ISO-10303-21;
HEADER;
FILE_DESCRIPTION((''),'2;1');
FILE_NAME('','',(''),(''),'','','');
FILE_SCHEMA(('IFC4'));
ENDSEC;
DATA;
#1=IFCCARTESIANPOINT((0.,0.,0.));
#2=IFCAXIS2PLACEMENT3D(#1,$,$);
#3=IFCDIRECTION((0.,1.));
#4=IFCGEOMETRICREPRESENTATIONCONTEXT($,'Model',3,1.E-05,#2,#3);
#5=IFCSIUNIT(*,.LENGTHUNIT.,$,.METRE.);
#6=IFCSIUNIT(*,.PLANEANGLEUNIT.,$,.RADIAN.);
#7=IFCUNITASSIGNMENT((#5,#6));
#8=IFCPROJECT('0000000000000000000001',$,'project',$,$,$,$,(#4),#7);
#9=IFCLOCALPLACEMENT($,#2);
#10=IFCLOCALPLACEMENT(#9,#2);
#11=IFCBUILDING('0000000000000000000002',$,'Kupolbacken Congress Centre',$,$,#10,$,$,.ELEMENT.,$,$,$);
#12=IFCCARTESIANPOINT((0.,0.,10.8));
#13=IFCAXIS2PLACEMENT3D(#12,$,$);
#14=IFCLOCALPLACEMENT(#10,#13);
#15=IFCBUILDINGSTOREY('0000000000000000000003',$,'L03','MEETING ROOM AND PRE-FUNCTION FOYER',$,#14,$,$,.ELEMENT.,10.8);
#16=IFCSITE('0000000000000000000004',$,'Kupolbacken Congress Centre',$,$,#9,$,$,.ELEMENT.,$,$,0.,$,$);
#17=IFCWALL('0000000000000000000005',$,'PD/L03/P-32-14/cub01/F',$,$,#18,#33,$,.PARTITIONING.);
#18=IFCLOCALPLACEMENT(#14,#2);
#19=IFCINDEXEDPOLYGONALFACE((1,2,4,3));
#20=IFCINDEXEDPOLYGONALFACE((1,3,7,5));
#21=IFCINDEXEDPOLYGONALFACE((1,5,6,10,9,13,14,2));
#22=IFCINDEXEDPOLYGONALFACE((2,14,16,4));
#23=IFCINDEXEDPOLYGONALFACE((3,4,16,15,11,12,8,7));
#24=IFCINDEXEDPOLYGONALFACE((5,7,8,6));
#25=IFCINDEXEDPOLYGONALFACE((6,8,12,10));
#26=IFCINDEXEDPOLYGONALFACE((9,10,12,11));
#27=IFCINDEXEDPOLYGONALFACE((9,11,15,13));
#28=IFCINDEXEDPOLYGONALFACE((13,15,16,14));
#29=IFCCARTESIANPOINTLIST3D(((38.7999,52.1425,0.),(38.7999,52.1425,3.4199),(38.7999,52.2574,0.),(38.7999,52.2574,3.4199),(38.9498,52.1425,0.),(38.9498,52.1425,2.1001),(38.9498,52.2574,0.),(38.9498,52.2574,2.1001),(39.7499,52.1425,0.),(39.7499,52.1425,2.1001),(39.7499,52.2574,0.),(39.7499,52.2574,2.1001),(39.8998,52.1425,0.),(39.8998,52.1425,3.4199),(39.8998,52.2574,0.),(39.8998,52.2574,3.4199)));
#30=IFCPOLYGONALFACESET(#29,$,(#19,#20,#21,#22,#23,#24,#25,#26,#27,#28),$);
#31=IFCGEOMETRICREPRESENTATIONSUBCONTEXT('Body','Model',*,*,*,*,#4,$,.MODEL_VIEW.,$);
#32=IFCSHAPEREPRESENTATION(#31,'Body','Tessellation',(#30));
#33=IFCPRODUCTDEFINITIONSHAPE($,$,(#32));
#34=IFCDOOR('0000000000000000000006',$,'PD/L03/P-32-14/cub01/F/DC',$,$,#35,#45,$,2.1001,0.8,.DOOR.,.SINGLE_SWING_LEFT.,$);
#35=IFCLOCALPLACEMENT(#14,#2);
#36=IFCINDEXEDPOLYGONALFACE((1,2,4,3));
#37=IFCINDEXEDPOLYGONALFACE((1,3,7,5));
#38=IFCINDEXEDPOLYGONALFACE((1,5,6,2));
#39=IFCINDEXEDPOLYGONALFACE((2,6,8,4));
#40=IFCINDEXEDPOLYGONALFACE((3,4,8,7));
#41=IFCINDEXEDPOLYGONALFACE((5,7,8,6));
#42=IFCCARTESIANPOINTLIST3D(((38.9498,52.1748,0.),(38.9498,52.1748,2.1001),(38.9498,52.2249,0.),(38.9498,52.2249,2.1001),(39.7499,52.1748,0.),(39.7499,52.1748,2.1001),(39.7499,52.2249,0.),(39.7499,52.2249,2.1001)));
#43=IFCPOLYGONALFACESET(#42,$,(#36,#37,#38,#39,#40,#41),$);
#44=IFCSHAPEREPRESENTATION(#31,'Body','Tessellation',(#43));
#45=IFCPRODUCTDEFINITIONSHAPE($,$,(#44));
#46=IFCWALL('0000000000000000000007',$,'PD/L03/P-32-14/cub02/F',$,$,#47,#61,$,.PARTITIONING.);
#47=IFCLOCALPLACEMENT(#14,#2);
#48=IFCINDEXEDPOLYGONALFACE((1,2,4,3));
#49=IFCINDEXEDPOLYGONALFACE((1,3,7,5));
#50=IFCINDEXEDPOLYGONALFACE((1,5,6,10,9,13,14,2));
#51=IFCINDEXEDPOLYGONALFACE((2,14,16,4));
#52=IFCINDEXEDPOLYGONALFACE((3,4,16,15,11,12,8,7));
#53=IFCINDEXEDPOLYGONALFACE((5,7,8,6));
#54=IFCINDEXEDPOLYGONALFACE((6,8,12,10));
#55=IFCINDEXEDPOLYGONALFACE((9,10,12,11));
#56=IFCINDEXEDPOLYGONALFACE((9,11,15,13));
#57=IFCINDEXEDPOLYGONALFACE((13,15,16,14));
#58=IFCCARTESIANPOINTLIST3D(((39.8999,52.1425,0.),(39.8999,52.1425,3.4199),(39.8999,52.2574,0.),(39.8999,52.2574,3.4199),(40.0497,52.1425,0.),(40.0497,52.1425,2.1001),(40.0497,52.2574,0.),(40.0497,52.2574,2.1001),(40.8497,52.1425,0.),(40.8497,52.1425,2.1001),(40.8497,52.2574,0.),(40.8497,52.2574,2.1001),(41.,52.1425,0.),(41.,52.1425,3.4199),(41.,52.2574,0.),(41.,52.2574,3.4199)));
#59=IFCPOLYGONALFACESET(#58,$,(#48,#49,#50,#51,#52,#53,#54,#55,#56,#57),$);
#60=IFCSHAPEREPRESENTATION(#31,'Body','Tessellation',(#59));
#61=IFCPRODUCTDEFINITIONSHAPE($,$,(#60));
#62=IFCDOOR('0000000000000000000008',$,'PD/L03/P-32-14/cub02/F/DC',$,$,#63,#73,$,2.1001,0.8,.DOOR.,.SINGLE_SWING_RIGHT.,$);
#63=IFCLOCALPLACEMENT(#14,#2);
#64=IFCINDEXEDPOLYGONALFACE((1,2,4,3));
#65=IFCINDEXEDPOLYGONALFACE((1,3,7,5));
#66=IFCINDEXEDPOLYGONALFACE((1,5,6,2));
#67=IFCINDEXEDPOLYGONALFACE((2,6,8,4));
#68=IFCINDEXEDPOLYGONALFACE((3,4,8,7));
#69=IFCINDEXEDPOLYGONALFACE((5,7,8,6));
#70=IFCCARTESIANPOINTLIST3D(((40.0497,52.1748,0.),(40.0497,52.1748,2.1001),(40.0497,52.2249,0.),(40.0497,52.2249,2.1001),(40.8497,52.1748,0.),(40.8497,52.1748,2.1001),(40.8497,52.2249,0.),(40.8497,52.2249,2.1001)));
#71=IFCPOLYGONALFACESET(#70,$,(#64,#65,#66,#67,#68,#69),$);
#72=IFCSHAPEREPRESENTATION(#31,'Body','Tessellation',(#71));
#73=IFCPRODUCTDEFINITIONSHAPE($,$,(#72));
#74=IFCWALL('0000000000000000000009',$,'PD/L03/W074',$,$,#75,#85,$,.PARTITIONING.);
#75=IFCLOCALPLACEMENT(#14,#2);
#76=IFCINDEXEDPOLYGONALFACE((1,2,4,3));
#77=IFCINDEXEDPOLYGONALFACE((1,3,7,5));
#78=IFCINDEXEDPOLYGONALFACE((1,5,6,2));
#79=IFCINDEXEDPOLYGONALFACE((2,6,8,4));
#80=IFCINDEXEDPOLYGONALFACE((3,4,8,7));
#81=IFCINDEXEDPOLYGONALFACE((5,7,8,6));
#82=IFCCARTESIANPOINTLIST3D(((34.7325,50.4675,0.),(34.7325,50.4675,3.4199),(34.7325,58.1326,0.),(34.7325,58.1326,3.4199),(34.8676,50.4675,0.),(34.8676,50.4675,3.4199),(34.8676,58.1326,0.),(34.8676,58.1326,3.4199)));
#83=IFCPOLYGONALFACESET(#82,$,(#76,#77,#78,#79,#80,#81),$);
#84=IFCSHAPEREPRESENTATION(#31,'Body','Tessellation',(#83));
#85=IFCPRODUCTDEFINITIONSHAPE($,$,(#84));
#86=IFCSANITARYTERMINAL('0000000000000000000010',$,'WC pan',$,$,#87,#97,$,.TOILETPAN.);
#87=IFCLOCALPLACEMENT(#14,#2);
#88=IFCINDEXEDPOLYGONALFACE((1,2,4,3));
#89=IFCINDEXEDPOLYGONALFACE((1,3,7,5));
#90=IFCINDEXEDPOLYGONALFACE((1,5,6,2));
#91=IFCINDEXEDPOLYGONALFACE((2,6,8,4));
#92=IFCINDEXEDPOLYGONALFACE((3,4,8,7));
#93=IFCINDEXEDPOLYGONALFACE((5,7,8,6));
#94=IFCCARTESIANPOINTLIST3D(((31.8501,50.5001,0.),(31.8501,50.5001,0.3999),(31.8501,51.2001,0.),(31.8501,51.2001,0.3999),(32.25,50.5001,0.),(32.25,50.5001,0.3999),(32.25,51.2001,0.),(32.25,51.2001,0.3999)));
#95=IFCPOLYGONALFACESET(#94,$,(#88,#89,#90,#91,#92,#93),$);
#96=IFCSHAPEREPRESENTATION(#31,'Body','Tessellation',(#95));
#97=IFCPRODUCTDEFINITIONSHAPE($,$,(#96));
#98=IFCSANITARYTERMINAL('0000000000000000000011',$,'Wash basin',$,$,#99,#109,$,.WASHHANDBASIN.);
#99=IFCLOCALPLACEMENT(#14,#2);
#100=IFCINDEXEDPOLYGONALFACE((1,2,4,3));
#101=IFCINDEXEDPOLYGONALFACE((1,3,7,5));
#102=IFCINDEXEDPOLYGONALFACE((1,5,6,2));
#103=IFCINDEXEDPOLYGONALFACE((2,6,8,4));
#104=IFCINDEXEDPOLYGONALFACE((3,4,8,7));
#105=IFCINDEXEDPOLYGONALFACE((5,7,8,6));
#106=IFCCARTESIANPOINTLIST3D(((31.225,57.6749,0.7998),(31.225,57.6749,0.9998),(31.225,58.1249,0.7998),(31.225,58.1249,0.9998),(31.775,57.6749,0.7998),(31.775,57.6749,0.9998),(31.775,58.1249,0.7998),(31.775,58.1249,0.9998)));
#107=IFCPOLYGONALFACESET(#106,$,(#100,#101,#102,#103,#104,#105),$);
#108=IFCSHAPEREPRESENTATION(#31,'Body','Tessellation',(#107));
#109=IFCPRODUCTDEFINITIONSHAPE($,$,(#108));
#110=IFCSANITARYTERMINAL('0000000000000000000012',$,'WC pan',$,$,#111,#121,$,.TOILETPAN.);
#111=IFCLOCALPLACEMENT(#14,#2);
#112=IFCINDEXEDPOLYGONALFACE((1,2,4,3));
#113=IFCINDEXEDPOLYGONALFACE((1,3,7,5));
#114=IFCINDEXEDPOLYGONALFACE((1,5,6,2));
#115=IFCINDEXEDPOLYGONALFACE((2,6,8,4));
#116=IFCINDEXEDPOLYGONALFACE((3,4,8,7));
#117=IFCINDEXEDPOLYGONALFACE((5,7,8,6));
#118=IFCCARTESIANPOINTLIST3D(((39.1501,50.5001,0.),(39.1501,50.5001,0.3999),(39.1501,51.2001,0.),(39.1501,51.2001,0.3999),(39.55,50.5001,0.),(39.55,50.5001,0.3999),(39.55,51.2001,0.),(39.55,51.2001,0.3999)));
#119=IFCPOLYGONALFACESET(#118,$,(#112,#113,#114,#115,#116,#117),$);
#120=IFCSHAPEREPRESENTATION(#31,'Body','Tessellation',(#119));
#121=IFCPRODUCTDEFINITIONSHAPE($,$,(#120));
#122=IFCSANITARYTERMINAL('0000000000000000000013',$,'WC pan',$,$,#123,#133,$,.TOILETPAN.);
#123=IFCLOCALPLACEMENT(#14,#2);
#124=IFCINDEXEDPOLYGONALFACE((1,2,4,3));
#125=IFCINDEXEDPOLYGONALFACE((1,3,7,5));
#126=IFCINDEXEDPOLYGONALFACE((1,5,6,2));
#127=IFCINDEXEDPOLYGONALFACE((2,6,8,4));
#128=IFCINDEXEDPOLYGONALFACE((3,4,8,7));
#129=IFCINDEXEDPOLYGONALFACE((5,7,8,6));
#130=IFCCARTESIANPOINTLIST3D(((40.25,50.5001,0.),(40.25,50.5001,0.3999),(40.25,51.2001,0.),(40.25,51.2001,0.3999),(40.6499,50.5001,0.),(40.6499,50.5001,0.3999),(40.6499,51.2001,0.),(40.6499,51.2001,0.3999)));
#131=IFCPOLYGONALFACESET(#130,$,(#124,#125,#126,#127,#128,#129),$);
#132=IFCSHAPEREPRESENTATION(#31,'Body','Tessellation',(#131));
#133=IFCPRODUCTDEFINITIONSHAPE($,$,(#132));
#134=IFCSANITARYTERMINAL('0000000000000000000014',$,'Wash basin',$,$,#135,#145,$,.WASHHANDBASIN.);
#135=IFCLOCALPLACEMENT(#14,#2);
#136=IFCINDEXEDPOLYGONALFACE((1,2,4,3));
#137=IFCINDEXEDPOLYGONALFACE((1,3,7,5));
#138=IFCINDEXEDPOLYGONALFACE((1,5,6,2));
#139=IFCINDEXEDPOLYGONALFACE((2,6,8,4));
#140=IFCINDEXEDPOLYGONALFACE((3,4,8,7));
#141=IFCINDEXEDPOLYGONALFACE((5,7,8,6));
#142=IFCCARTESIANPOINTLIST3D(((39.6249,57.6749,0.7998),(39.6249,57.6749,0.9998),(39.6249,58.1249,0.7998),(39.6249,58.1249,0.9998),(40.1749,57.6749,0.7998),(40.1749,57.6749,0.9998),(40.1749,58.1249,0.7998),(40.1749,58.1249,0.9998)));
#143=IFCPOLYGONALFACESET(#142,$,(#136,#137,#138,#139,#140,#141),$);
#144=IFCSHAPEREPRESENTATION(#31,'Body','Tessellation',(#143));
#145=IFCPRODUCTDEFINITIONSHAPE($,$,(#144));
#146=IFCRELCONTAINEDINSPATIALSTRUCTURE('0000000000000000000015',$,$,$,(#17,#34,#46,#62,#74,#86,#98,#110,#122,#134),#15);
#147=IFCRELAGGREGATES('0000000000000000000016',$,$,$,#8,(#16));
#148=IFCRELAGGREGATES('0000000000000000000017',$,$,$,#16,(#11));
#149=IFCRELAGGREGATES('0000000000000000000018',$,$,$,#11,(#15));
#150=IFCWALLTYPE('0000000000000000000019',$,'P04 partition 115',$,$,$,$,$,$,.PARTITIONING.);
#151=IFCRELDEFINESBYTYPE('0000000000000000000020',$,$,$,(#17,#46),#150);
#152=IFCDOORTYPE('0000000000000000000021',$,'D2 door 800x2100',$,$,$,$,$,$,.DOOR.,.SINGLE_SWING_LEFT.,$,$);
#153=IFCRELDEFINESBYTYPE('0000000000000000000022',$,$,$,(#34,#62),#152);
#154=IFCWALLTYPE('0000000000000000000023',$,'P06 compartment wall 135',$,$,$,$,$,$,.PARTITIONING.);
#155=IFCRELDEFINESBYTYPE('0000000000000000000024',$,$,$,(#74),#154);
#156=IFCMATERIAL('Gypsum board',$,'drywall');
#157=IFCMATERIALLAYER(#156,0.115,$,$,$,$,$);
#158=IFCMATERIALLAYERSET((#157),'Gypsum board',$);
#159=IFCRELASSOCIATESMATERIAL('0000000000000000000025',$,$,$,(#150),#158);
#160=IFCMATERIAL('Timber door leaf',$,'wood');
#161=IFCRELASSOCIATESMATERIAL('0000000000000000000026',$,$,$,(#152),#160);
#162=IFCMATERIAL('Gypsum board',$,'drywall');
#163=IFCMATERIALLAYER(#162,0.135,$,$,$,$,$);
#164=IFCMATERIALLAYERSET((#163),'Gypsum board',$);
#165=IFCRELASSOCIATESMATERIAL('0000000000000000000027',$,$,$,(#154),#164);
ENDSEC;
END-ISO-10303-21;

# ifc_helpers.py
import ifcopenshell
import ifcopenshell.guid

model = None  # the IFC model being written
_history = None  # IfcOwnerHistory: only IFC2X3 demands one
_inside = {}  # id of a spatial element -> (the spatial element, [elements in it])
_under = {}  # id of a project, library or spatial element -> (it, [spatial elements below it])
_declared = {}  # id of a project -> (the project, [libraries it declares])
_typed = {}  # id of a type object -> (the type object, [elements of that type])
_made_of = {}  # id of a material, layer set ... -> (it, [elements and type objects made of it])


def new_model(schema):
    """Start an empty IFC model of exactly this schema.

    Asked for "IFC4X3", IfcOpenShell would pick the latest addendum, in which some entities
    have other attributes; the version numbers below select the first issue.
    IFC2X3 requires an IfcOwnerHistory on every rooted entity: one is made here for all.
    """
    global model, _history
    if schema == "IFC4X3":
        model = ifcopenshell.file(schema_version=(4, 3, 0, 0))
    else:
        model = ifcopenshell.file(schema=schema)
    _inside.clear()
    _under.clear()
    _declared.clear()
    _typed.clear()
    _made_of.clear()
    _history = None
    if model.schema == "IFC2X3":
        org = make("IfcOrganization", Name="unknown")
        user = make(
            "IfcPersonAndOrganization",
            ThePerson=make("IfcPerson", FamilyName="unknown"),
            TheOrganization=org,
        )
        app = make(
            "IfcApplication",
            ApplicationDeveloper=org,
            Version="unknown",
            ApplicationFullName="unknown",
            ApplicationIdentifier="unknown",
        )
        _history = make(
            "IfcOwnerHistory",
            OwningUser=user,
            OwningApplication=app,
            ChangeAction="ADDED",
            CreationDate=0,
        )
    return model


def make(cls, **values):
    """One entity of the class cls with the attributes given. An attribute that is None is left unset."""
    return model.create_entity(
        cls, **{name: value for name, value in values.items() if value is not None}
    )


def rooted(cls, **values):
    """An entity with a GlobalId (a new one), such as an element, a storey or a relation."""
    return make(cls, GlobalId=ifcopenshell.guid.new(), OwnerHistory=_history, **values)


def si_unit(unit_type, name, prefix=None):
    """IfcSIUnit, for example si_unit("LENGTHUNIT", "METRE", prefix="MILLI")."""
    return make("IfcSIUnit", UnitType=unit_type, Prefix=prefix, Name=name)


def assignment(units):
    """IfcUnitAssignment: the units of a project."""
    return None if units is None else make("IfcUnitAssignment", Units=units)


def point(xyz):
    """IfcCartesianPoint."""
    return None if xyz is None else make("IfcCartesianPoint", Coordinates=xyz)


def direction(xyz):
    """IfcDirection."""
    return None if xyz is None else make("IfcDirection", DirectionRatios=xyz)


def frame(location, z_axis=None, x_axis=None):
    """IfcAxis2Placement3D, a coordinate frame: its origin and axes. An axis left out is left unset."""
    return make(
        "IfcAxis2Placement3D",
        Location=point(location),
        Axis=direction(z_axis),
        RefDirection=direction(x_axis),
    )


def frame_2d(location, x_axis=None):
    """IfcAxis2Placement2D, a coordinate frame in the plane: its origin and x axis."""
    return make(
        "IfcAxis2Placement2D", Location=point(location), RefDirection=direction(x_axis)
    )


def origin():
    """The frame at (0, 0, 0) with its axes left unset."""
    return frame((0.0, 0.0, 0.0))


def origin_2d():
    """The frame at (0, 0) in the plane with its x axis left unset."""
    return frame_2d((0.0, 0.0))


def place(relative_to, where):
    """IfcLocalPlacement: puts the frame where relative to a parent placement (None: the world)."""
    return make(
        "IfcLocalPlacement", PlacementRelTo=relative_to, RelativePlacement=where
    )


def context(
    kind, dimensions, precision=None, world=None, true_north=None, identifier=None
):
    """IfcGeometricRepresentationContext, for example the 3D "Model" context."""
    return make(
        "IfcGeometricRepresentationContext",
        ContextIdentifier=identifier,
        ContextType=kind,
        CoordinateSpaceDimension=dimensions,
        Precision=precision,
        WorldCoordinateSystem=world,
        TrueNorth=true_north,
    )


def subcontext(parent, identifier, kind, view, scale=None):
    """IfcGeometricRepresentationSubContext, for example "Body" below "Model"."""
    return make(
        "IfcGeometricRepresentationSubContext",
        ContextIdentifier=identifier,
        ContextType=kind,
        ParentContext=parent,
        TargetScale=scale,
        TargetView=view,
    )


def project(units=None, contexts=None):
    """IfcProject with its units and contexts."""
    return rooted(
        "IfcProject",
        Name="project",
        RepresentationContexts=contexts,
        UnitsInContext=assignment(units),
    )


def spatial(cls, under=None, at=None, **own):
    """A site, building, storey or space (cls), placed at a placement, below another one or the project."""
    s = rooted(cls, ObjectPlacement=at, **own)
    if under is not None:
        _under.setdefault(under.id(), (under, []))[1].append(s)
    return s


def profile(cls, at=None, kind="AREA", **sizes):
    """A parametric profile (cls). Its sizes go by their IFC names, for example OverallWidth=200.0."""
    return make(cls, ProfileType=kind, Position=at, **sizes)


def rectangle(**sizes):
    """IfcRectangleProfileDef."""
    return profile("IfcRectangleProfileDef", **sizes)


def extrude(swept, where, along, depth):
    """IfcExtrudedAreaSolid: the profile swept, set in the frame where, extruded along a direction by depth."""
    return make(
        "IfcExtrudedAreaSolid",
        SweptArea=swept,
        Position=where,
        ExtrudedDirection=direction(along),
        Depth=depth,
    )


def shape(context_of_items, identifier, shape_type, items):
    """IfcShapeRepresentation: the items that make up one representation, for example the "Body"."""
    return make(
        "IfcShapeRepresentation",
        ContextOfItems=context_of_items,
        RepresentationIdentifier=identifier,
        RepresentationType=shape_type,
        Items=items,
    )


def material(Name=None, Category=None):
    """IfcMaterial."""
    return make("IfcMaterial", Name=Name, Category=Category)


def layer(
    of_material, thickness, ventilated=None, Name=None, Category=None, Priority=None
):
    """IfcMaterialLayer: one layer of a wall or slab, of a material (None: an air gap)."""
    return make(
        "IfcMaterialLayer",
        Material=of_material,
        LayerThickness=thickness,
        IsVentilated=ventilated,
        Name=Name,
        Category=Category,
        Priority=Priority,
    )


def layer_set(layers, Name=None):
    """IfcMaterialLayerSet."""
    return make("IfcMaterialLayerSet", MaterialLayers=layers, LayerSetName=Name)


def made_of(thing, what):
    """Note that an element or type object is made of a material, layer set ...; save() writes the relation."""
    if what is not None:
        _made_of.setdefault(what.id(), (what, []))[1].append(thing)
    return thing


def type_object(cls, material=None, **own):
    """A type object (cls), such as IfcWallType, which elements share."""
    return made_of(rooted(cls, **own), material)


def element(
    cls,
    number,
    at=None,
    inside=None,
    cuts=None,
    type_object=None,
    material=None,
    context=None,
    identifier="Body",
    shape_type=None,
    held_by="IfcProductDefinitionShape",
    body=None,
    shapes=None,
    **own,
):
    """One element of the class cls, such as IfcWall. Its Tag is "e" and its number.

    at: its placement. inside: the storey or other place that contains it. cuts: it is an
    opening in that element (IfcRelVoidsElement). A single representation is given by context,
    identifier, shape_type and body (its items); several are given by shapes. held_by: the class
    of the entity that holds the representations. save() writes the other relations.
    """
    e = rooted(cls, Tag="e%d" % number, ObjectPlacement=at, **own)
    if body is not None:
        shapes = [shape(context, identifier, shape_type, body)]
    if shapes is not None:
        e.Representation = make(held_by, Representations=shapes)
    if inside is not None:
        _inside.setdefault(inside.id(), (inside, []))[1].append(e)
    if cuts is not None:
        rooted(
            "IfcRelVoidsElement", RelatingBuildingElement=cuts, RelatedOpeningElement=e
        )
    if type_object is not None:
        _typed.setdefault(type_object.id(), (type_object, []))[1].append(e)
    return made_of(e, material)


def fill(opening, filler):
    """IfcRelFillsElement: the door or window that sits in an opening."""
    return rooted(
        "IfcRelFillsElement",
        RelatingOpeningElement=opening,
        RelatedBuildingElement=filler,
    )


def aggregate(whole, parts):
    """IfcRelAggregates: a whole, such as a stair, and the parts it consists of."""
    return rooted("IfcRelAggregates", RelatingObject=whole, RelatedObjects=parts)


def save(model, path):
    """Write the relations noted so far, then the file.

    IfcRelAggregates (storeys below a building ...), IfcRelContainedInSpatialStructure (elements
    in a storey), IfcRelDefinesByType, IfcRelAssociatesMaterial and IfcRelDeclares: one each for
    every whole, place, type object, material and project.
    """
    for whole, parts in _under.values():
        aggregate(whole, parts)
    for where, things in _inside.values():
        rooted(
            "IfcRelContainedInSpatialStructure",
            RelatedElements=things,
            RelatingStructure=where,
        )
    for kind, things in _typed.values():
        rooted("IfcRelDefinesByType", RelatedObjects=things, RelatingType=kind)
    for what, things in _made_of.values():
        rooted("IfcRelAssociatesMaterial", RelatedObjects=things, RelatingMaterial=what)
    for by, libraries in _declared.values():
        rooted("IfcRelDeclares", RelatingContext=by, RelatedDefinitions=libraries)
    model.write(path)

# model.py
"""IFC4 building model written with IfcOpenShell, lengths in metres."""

from ifc_helpers import new_model, si_unit, direction, frame, frame_2d, origin, origin_2d, place, context, subcontext, project, spatial, rectangle, extrude, material, layer, layer_set, type_object, element, fill, save


model = new_model("IFC4")

# Units and contexts
model_context = context("Model", 3, precision=1e-05, world=origin(), true_north=direction((0.0, 1.0)))
body_context = subcontext(model_context, "Body", "Model", "MODEL_VIEW")
ifc_project = project(units=[si_unit("LENGTHUNIT", "METRE"), si_unit("PLANEANGLEUNIT", "RADIAN")], contexts=[model_context])

# Site, building, storey
site_placement = place(None, origin())
site = spatial("IfcSite", under=ifc_project, at=site_placement, Name="Kupolbacken Congress Centre", CompositionType="ELEMENT", RefElevation=0.0)
building_placement = place(site_placement, origin())
building = spatial("IfcBuilding", under=site, at=building_placement, Name="Kupolbacken Congress Centre", CompositionType="ELEMENT")
storey_placement = place(building_placement, frame((0.0, 0.0, 10.8)))
storey = spatial("IfcBuildingStorey", under=building, at=storey_placement, Name="L03", Description="MEETING ROOM AND PRE-FUNCTION FOYER", CompositionType="ELEMENT", Elevation=10.8)

# Walls, openings, doors
ifc_material_1 = material(Name="Gypsum board", Category="drywall")
ifc_layer_1 = layer(ifc_material_1, 0.115)
ifc_layer_set_1 = layer_set([ifc_layer_1], Name="Gypsum board")
wall_type_1 = type_object("IfcWallType", Name="P04 partition 115", PredefinedType="PARTITIONING", material=ifc_layer_set_1)
ifc_material_2 = material(Name="Timber door leaf", Category="wood")
door_type = type_object("IfcDoorType", Name="D2 door 800x2100", OperationType="SINGLE_SWING_LEFT", PredefinedType="DOOR", material=ifc_material_2)
wall_1_placement = place(storey_placement, frame((38.8, 52.2, 0.0), z_axis=(0.0, 0.0, 1.0), x_axis=(1.0, 0.0, 0.0)))
wall_1 = element("IfcWall", 1, at=wall_1_placement, inside=storey, type_object=wall_type_1, Name="PD/L03/P-32-14/cub01/F", PredefinedType="PARTITIONING", context=body_context, shape_type="SweptSolid", body=[
    extrude(rectangle(XDim=1.0999, YDim=0.115, at=frame_2d((0.5498, 0.0))), origin(), (0.0, 0.0, 1.0), 3.4199),
])
opening_1_placement = place(wall_1_placement, frame((0.1499, 0.0, 0.0)))
opening_1 = element("IfcOpeningElement", 2, at=opening_1_placement, cuts=wall_1, PredefinedType="OPENING", context=body_context, shape_type="SweptSolid", body=[
    extrude(rectangle(XDim=0.8, YDim=2.1001, at=frame_2d((0.3999, 1.05))), frame((0.0, 0.0674, 0.0), z_axis=(0.0, -1.0, 0.0), x_axis=(1.0, 0.0, 0.0)), (0.0, 0.0, 1.0), 0.135),
])
door_1_placement = place(opening_1_placement, origin())
door_1 = element("IfcDoor", 3, at=door_1_placement, inside=storey, type_object=door_type, Name="PD/L03/P-32-14/cub01/F/DC", OperationType="SINGLE_SWING_LEFT", OverallHeight=2.1001, OverallWidth=0.8, PredefinedType="DOOR", context=body_context, shape_type="SweptSolid", body=[
    extrude(rectangle(XDim=0.8, YDim=2.1001, at=frame_2d((0.3999, 1.05))), frame((0.0, 0.0249, 0.0), z_axis=(0.0, -1.0, 0.0), x_axis=(1.0, 0.0, 0.0)), (0.0, 0.0, 1.0), 0.05),
])
fill(opening_1, door_1)
wall_2_placement = place(storey_placement, frame((39.8999, 52.2, 0.0), z_axis=(0.0, 0.0, 1.0), x_axis=(1.0, 0.0, 0.0)))
wall_2 = element("IfcWall", 4, at=wall_2_placement, inside=storey, type_object=wall_type_1, Name="PD/L03/P-32-14/cub02/F", PredefinedType="PARTITIONING", context=body_context, shape_type="SweptSolid", body=[
    extrude(rectangle(XDim=1.1001, YDim=0.115, at=frame_2d((0.55, 0.0))), origin(), (0.0, 0.0, 1.0), 3.4199),
])
opening_2_placement = place(wall_2_placement, frame((0.1499, 0.0, 0.0)))
opening_2 = element("IfcOpeningElement", 5, at=opening_2_placement, cuts=wall_2, PredefinedType="OPENING", context=body_context, shape_type="SweptSolid", body=[
    extrude(rectangle(XDim=0.8, YDim=2.1001, at=frame_2d((0.3999, 1.05))), frame((0.0, 0.0674, 0.0), z_axis=(0.0, -1.0, 0.0), x_axis=(1.0, 0.0, 0.0)), (0.0, 0.0, 1.0), 0.135),
])
door_2_placement = place(opening_2_placement, origin())
door_2 = element("IfcDoor", 6, at=door_2_placement, inside=storey, type_object=door_type, Name="PD/L03/P-32-14/cub02/F/DC", OperationType="SINGLE_SWING_RIGHT", OverallHeight=2.1001, OverallWidth=0.8, PredefinedType="DOOR", context=body_context, shape_type="SweptSolid", body=[
    extrude(rectangle(XDim=0.8, YDim=2.1001, at=frame_2d((0.3999, 1.05))), frame((0.0, 0.0249, 0.0), z_axis=(0.0, -1.0, 0.0), x_axis=(1.0, 0.0, 0.0)), (0.0, 0.0, 1.0), 0.05),
])
fill(opening_2, door_2)

# Wall
ifc_material_3 = material(Name="Gypsum board", Category="drywall")
ifc_layer_2 = layer(ifc_material_3, 0.135)
ifc_layer_set_2 = layer_set([ifc_layer_2], Name="Gypsum board")
wall_type_2 = type_object("IfcWallType", Name="P06 compartment wall 135", PredefinedType="PARTITIONING", material=ifc_layer_set_2)
wall_3_placement = place(storey_placement, frame((34.8, 58.1326, 0.0), z_axis=(0.0, 0.0, 1.0), x_axis=(0.0, -1.0, 0.0)))
element("IfcWall", 7, at=wall_3_placement, inside=storey, type_object=wall_type_2, Name="PD/L03/W074", PredefinedType="PARTITIONING", context=body_context, shape_type="SweptSolid", body=[
    extrude(rectangle(XDim=7.665, YDim=0.135, at=frame_2d((3.8325, 0.0))), origin(), (0.0, 0.0, 1.0), 3.4199),
])

# Sanitary terminals
sanitary_terminal_1_placement = place(storey_placement, frame((32.05, 50.8501, 0.0), z_axis=(0.0, 0.0, 1.0), x_axis=(1.0, 0.0, 0.0)))
element("IfcSanitaryTerminal", 8, at=sanitary_terminal_1_placement, inside=storey, Name="WC pan", PredefinedType="TOILETPAN", context=body_context, shape_type="SweptSolid", body=[
    extrude(rectangle(XDim=0.3999, YDim=0.7, at=origin_2d()), origin(), (0.0, 0.0, 1.0), 0.3999),
])
sanitary_terminal_2_placement = place(storey_placement, frame((31.5, 57.8999, 0.7998), z_axis=(0.0, 0.0, 1.0), x_axis=(1.0, 0.0, 0.0)))
element("IfcSanitaryTerminal", 9, at=sanitary_terminal_2_placement, inside=storey, Name="Wash basin", PredefinedType="WASHHANDBASIN", context=body_context, shape_type="SweptSolid", body=[
    extrude(rectangle(XDim=0.55, YDim=0.45, at=origin_2d()), origin(), (0.0, 0.0, 1.0), 0.2),
])
for number, where, z_axis, x_axis, name in (
    (10, (39.3501, 50.8501, 0.0), (0.0, 0.0, 1.0), (1.0, 0.0, 0.0), "WC pan"),
    (11, (40.45, 50.8501, 0.0), (0.0, 0.0, 1.0), (1.0, 0.0, 0.0), "WC pan"),
):
    element("IfcSanitaryTerminal", number, at=place(storey_placement, frame(where, z_axis=z_axis, x_axis=x_axis)), inside=storey, Name=name, PredefinedType="TOILETPAN", context=body_context, shape_type="SweptSolid", body=[
        extrude(rectangle(XDim=0.3999, YDim=0.7, at=origin_2d()), origin(), (0.0, 0.0, 1.0), 0.3999),
    ])
sanitary_terminal_3_placement = place(storey_placement, frame((39.8999, 57.8999, 0.7998), z_axis=(0.0, 0.0, 1.0), x_axis=(1.0, 0.0, 0.0)))
element("IfcSanitaryTerminal", 12, at=sanitary_terminal_3_placement, inside=storey, Name="Wash basin", PredefinedType="WASHHANDBASIN", context=body_context, shape_type="SweptSolid", body=[
    extrude(rectangle(XDim=0.55, YDim=0.45, at=origin_2d()), origin(), (0.0, 0.0, 1.0), 0.2),
])

save(model, "model.ifc")
